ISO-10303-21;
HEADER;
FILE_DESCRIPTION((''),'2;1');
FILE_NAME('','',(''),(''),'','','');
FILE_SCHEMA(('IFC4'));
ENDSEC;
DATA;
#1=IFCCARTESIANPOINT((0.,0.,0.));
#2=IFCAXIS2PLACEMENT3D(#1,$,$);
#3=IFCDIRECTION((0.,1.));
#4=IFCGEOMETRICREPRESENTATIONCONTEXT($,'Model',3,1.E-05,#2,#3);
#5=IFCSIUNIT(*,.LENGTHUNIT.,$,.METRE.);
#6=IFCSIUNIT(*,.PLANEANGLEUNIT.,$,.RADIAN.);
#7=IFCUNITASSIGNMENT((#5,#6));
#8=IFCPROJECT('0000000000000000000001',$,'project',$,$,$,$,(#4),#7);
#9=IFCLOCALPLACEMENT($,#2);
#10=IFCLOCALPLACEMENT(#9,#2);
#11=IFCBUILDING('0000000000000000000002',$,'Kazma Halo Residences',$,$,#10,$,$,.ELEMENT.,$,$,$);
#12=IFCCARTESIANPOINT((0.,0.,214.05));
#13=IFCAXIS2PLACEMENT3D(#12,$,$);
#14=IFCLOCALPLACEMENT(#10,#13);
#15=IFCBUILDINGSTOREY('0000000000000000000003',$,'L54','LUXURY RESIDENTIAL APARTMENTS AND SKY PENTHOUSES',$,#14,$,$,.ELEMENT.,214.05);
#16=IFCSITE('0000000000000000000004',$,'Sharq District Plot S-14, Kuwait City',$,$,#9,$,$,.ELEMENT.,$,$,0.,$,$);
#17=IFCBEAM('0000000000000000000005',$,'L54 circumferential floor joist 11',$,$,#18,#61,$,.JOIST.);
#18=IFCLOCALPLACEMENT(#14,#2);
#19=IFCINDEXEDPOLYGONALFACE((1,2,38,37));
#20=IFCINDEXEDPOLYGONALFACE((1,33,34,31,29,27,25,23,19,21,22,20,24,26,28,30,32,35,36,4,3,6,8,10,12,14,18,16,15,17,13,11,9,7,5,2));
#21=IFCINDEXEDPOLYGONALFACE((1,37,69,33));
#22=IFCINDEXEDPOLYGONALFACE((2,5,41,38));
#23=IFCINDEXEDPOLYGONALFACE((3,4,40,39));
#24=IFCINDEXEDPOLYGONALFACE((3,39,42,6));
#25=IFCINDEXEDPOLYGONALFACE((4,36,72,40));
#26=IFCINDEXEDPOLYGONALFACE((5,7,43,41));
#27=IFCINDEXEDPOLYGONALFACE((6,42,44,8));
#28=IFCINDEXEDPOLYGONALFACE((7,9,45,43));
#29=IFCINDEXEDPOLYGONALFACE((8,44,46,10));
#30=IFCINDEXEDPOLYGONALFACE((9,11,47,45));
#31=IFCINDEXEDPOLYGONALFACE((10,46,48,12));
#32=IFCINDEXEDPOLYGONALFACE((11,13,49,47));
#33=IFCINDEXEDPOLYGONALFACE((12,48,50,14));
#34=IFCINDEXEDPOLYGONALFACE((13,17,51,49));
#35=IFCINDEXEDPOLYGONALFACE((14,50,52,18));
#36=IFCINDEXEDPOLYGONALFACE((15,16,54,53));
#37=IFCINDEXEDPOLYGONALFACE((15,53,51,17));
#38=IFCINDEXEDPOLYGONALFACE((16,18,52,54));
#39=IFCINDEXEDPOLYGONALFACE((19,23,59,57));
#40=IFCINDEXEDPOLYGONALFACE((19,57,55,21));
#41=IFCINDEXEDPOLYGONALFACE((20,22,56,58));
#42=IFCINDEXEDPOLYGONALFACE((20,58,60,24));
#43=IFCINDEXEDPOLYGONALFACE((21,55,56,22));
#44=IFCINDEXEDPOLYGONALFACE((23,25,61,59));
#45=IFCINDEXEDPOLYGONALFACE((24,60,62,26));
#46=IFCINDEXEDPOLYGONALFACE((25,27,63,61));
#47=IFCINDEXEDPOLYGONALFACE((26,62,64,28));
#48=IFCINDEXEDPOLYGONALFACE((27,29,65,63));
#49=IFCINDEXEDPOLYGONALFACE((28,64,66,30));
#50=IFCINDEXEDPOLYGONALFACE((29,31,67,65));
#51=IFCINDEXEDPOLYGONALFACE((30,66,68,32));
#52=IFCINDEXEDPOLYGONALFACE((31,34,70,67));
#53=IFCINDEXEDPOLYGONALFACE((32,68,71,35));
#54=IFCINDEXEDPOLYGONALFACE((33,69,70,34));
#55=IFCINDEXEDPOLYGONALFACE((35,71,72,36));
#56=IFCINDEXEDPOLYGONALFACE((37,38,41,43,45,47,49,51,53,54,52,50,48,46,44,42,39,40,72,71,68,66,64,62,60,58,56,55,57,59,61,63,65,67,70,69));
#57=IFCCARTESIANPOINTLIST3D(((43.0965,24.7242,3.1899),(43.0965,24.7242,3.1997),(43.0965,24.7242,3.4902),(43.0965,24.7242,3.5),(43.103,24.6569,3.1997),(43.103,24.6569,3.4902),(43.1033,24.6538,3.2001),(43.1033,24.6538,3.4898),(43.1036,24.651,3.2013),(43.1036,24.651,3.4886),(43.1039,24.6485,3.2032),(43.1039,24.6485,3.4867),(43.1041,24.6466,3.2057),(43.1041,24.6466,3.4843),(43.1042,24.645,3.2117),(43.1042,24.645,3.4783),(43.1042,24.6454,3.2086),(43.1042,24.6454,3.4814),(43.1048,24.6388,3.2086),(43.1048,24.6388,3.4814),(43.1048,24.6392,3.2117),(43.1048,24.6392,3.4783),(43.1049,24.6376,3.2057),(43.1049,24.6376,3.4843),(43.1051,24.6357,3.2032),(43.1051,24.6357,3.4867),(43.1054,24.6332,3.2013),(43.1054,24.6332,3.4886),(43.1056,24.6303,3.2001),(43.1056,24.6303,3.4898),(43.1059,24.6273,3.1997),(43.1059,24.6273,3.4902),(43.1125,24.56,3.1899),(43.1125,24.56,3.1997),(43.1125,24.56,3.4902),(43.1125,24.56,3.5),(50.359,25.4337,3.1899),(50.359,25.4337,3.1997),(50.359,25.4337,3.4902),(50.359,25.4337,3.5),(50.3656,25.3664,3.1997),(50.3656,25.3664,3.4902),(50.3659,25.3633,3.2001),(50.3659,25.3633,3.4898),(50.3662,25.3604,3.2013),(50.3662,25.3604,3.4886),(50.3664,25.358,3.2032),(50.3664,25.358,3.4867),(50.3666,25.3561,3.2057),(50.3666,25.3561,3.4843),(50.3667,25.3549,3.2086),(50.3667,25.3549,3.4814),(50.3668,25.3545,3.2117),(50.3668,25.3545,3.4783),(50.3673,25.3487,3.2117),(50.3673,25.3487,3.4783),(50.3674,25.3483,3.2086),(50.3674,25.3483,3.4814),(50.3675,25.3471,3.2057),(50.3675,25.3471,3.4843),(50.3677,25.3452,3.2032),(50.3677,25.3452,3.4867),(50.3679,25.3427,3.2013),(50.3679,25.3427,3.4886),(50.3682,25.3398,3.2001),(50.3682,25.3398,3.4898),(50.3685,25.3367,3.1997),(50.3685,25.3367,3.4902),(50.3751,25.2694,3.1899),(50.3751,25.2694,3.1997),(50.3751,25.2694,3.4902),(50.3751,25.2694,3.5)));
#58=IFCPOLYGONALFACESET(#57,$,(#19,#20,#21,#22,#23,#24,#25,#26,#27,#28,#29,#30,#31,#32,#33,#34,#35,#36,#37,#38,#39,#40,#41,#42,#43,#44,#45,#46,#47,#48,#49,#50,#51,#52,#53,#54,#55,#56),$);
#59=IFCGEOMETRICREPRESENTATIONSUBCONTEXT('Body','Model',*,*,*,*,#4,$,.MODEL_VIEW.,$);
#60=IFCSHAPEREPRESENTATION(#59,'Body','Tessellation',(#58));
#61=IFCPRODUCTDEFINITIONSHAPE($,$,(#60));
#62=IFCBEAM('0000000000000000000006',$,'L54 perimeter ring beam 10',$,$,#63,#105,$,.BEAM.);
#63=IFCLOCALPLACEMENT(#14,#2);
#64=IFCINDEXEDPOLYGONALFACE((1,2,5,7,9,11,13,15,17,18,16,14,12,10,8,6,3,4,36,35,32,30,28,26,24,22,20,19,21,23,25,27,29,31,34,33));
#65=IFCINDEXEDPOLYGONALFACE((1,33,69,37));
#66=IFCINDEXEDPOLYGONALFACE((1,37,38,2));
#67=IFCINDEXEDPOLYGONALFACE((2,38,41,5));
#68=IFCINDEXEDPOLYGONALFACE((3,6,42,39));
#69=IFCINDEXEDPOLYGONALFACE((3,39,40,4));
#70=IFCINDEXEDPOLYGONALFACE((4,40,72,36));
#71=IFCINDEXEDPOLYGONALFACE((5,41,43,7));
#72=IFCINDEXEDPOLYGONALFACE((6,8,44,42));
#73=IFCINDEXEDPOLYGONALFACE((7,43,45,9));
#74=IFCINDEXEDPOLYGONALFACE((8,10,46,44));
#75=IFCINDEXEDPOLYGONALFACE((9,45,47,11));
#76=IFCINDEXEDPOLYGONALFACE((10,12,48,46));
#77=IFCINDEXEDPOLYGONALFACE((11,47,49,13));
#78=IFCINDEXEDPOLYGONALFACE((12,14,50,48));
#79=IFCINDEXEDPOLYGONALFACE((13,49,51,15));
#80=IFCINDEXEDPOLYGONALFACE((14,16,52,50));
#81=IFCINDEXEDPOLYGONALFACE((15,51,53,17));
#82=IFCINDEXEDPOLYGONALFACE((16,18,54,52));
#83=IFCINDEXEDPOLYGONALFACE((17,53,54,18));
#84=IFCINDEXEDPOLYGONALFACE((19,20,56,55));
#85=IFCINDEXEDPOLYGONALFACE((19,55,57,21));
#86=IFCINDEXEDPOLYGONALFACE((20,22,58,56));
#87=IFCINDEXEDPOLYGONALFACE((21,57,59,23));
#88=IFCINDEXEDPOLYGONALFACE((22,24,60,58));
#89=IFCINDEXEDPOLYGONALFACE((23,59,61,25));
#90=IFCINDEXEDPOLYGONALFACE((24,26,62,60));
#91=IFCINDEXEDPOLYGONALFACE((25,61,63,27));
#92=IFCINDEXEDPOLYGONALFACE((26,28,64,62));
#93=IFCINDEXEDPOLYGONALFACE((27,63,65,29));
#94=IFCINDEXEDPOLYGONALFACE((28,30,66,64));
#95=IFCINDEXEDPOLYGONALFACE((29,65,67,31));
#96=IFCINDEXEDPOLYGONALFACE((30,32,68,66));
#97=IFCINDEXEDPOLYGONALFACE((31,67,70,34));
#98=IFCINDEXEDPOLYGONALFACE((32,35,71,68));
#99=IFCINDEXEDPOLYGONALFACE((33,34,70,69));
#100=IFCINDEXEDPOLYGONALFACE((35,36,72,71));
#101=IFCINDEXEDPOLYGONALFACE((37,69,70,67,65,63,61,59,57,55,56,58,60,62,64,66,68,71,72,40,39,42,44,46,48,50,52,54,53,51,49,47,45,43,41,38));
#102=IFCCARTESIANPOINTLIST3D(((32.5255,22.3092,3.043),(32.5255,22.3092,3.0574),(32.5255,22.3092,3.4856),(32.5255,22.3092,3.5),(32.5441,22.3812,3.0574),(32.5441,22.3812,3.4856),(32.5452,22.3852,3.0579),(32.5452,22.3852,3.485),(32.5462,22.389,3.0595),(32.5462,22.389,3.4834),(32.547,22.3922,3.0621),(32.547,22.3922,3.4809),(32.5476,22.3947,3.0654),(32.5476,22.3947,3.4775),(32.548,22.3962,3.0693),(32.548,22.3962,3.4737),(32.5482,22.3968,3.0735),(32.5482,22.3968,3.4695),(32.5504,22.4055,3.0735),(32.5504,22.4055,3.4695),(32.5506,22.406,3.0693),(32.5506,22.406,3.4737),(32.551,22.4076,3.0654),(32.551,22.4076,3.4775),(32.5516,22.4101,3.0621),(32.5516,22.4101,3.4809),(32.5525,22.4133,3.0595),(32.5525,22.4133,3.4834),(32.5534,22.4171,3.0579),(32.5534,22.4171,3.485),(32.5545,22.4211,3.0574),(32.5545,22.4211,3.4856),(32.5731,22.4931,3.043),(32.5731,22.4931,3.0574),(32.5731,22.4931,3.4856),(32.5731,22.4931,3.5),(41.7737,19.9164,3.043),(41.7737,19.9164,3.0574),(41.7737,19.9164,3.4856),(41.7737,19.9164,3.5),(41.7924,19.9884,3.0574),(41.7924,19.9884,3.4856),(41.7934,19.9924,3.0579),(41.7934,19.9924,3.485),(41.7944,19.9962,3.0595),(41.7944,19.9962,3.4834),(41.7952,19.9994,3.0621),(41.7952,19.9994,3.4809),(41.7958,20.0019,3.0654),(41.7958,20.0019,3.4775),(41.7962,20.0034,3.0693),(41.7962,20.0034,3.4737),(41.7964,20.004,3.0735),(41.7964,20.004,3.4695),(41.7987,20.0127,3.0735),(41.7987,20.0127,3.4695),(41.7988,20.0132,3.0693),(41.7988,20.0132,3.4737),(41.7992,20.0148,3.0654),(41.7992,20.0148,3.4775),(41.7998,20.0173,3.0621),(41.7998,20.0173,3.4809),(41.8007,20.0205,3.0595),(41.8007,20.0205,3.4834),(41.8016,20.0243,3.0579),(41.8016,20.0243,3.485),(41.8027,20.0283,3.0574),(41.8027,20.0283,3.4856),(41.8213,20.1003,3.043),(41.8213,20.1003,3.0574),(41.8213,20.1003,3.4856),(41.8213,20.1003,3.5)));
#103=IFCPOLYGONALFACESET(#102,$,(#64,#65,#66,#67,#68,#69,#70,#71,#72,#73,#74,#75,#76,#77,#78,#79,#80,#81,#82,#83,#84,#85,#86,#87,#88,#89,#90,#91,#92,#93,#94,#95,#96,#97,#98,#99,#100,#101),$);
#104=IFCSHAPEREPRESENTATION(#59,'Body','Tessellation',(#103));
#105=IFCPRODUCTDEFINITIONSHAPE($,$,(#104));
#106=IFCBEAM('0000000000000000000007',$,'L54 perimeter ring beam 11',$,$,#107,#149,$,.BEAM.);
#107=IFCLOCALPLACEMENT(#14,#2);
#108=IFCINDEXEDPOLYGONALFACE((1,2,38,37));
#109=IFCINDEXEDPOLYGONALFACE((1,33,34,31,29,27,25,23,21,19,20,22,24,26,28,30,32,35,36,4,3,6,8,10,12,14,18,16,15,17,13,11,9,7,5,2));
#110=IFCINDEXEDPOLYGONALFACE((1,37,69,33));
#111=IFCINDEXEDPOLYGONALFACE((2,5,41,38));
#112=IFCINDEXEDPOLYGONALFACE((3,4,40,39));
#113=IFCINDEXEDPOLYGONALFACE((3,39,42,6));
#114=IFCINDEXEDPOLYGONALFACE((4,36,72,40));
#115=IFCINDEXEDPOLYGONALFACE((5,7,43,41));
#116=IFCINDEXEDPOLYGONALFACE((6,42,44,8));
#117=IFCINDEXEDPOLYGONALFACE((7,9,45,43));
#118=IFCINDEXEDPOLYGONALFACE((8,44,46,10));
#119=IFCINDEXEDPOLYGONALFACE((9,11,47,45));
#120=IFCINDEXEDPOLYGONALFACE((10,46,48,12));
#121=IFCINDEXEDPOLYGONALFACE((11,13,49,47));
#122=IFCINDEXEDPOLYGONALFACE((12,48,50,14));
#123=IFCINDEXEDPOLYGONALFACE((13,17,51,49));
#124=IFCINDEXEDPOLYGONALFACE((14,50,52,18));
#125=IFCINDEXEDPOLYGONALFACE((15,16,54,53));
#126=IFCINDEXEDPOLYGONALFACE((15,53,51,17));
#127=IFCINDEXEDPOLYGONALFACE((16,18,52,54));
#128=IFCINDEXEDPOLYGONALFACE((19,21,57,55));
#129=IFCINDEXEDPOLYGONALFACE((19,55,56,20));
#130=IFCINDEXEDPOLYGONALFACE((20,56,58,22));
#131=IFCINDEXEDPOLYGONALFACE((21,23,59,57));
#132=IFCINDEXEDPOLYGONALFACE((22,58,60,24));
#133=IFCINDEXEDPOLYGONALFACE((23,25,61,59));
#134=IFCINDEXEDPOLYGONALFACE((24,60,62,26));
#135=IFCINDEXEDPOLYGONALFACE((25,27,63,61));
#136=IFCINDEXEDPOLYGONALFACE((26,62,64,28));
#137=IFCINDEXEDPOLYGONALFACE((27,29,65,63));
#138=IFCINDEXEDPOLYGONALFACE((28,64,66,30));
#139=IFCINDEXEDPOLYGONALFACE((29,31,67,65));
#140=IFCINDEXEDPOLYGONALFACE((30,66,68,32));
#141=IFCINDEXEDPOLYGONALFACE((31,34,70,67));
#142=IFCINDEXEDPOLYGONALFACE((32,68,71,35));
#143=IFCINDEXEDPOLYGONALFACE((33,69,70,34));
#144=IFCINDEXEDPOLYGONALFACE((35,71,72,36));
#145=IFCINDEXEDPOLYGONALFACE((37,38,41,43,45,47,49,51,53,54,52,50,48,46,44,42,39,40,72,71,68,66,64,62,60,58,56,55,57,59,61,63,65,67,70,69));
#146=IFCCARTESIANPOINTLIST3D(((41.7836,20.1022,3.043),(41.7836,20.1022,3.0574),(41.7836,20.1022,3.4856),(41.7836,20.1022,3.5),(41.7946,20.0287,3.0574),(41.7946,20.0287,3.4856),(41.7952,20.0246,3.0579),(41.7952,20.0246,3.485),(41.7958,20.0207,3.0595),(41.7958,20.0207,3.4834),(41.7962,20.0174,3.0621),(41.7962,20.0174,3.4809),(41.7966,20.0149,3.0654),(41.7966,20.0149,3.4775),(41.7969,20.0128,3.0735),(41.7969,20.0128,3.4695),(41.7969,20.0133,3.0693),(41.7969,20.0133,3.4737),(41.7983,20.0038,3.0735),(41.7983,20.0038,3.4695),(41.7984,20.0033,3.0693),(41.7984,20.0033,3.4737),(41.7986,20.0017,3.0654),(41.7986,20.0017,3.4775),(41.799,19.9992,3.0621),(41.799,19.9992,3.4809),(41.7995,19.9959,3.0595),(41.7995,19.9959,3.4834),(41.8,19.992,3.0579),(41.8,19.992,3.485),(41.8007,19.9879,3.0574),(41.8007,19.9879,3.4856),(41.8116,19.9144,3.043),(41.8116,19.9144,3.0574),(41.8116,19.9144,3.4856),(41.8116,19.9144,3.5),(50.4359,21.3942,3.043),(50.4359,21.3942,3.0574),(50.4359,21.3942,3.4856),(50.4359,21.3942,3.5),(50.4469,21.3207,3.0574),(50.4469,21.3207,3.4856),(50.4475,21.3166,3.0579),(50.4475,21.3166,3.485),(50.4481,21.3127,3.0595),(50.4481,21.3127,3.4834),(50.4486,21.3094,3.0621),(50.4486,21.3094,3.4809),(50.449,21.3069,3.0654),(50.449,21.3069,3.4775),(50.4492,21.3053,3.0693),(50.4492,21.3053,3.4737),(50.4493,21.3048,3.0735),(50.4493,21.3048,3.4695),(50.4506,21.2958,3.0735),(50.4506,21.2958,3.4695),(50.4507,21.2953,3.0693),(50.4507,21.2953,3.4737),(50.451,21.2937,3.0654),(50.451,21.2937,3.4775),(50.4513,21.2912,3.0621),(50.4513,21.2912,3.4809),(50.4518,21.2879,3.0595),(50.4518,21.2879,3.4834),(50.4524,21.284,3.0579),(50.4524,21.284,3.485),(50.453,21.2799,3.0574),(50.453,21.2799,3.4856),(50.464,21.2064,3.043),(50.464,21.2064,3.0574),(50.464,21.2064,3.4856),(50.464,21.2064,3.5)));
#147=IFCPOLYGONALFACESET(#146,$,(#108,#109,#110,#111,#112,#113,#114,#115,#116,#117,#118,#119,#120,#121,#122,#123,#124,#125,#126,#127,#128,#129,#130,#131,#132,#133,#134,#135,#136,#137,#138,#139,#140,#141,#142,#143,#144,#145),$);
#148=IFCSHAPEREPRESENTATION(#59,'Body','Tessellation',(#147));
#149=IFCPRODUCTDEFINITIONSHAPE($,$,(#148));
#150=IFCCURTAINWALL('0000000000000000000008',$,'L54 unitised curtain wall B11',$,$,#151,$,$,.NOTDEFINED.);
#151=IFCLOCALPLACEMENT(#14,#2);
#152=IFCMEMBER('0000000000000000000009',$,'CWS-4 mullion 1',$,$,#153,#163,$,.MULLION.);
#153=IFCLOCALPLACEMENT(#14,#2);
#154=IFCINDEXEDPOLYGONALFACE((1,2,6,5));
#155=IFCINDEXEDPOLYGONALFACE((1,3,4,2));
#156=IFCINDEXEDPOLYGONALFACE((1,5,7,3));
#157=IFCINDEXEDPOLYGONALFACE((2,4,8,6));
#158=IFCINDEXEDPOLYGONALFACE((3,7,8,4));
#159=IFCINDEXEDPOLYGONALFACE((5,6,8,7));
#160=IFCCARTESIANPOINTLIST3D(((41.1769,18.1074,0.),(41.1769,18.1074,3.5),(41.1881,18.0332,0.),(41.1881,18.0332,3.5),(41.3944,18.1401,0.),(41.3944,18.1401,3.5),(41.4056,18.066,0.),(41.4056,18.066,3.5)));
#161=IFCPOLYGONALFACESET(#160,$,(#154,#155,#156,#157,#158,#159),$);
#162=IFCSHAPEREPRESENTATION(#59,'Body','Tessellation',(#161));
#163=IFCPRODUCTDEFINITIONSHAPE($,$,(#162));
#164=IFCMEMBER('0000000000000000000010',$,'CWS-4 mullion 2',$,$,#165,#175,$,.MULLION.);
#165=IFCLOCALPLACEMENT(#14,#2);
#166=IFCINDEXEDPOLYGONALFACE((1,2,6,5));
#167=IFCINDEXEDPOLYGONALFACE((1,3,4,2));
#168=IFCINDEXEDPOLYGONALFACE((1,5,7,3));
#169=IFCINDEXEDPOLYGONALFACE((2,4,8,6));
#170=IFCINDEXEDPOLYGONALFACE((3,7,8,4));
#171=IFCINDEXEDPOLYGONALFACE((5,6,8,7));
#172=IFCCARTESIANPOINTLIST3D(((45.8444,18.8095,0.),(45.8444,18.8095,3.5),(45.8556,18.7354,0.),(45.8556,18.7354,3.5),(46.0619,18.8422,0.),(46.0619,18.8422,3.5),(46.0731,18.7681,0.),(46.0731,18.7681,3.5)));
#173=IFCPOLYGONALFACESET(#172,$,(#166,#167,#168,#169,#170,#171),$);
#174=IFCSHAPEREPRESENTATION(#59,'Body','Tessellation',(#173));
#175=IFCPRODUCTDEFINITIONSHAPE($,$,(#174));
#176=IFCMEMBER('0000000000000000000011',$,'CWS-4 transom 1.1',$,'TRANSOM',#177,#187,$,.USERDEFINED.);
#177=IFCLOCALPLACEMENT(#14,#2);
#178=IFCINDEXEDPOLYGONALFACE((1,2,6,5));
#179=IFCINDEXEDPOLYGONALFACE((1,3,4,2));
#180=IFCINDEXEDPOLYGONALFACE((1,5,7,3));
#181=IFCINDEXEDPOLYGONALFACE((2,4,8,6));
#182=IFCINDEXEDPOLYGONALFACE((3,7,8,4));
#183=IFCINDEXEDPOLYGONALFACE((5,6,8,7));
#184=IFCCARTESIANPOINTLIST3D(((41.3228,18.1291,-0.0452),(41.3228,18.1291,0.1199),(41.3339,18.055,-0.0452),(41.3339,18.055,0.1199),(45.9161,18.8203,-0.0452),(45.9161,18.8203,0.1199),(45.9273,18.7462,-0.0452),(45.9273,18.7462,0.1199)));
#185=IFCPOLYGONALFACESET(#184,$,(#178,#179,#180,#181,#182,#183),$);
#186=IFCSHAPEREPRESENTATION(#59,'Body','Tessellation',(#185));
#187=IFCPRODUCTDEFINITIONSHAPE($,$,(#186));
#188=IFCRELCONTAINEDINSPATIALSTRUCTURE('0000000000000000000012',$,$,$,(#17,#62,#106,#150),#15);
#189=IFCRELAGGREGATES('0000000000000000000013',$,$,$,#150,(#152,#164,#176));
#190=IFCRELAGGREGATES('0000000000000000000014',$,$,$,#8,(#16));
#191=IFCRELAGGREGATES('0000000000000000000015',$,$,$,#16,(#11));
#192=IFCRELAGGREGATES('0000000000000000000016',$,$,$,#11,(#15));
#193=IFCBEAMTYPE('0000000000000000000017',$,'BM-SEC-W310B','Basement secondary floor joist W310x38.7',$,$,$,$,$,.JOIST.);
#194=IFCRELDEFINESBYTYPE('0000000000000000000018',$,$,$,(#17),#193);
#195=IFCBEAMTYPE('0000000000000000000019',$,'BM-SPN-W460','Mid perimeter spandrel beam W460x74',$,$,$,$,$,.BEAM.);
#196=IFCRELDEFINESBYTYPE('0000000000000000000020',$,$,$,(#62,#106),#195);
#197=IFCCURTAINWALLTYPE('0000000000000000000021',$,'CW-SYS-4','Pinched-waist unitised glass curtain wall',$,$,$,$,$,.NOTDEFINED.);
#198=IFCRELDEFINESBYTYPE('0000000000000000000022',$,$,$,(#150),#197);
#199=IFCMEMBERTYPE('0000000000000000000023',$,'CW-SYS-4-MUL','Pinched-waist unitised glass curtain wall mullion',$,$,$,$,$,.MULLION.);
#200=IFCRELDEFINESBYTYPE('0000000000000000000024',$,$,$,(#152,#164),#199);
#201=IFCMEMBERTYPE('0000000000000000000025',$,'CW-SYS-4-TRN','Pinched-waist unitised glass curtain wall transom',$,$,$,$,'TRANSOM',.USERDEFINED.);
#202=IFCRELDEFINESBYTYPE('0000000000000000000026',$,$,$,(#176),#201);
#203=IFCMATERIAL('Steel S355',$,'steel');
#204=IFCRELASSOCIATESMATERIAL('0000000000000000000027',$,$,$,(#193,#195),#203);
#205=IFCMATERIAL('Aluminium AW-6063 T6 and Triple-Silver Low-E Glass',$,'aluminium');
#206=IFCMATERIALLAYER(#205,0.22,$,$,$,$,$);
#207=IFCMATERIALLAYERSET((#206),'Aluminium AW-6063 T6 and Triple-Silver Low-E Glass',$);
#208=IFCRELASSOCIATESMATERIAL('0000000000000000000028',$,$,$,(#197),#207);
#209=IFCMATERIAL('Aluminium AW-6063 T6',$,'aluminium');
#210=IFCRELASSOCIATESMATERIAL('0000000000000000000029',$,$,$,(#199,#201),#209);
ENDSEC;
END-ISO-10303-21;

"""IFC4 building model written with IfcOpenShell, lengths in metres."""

from ifc_helpers import new_model, si_unit, direction, frame, origin, origin_2d, place, context, subcontext, project, spatial, rectangle, i_section, extrude, material, layer, layer_set, material_profile, profile_set, type_object, element, aggregate, save


model = new_model("IFC4")

# Units and contexts
model_context = context("Model", 3, precision=1e-05, world=origin(), true_north=direction((0.0, 1.0)))
body_context = subcontext(model_context, "Body", "Model", "MODEL_VIEW")
ifc_project = project(units=[si_unit("LENGTHUNIT", "METRE"), si_unit("PLANEANGLEUNIT", "RADIAN")], contexts=[model_context])

# Site, building, storey
site_placement = place(None, origin())
site = spatial("IfcSite", under=ifc_project, at=site_placement, Name="Sharq District Plot S-14, Kuwait City", CompositionType="ELEMENT", RefElevation=0.0)
building_placement = place(site_placement, origin())
building = spatial("IfcBuilding", under=site, at=building_placement, Name="Kazma Halo Residences", CompositionType="ELEMENT")
storey_placement = place(building_placement, frame((0.0, 0.0, 214.05)))
storey = spatial("IfcBuildingStorey", under=building, at=storey_placement, Name="L54", Description="LUXURY RESIDENTIAL APARTMENTS AND SKY PENTHOUSES", CompositionType="ELEMENT", Elevation=214.05)

# Beams
ifc_material_1 = material(Name="Steel S355", Category="steel")
ifc_material_profile_1 = material_profile(ifc_material_1, i_section(OverallWidth=0.165, OverallDepth=0.3101, WebThickness=0.0059, FlangeThickness=0.0098, FilletRadius=0.012, at=origin_2d()), Name="W310x38.7")
ifc_profile_set_1 = profile_set([ifc_material_profile_1], Name="Steel S355")
beam_type_1 = type_object("IfcBeamType", Name="BM-SEC-W310B", Description="Basement secondary floor joist W310x38.7", PredefinedType="JOIST", material=ifc_profile_set_1)
beam_1_placement = place(storey_placement, frame((43.1045, 24.6421, 3.345), z_axis=(0.995262, 0.097228, 0.0), x_axis=(-0.097228, 0.995262, 0.0)))
element("IfcBeam", 1, at=beam_1_placement, inside=storey, type_object=beam_type_1, Name="L54 circumferential floor joist 11", PredefinedType="JOIST", context=body_context, shape_type="SweptSolid", body=[
    extrude(i_section(OverallWidth=0.165, OverallDepth=0.3101, WebThickness=0.0059, FlangeThickness=0.0098, FilletRadius=0.012, at=origin_2d()), origin(), (0.0, 0.0, 1.0), 7.2971),
])
ifc_material_profile_2 = material_profile(ifc_material_1, i_section(OverallWidth=0.1899, OverallDepth=0.457, WebThickness=0.009, FlangeThickness=0.0144, FilletRadius=0.0161, at=origin_2d()), Name="W460x74")
ifc_profile_set_2 = profile_set([ifc_material_profile_2], Name="Steel S355")
beam_type_2 = type_object("IfcBeamType", Name="BM-SPN-W460", Description="Mid perimeter spandrel beam W460x74", PredefinedType="BEAM", material=ifc_profile_set_2)
beam_2_placement = place(storey_placement, frame((32.5493, 22.4011, 3.2715), z_axis=(0.968121, -0.250483, 0.0), x_axis=(0.250483, 0.968121, 0.0)))
element("IfcBeam", 2, at=beam_2_placement, inside=storey, type_object=beam_type_2, Name="L54 perimeter ring beam 10", PredefinedType="BEAM", context=body_context, shape_type="SweptSolid", body=[
    extrude(i_section(OverallWidth=0.1899, OverallDepth=0.457, WebThickness=0.009, FlangeThickness=0.0144, FilletRadius=0.0161, at=origin_2d()), origin(), (0.0, 0.0, 1.0), 9.5527),
])
beam_3_placement = place(storey_placement, frame((41.7976, 20.0083, 3.2715), z_axis=(0.989034, 0.147685, 0.0), x_axis=(-0.147685, 0.989034, 0.0)))
element("IfcBeam", 3, at=beam_3_placement, inside=storey, type_object=beam_type_2, Name="L54 perimeter ring beam 11", PredefinedType="BEAM", context=body_context, shape_type="SweptSolid", body=[
    extrude(i_section(OverallWidth=0.1899, OverallDepth=0.457, WebThickness=0.009, FlangeThickness=0.0144, FilletRadius=0.0161, at=origin_2d()), origin(), (0.0, 0.0, 1.0), 8.7483),
])

# Curtain wall, members
ifc_material_2 = material(Name="Aluminium AW-6063 T6 and Triple-Silver Low-E Glass", Category="aluminium")
ifc_layer_1 = layer(ifc_material_2, 0.22)
ifc_layer_set_1 = layer_set([ifc_layer_1], Name="Aluminium AW-6063 T6 and Triple-Silver Low-E Glass")
curtain_wall_type = type_object("IfcCurtainWallType", Name="CW-SYS-4", Description="Pinched-waist unitised glass curtain wall", PredefinedType="NOTDEFINED", material=ifc_layer_set_1)
curtain_wall_placement = place(storey_placement, origin())
curtain_wall = element("IfcCurtainWall", 4, at=curtain_wall_placement, inside=storey, type_object=curtain_wall_type, Name="L54 unitised curtain wall B11", PredefinedType="NOTDEFINED")
ifc_material_3 = material(Name="Aluminium AW-6063 T6", Category="aluminium")
ifc_material_profile_3 = material_profile(ifc_material_3, rectangle(XDim=0.075, YDim=0.22, at=origin_2d()), Name="CWM-75x220")
ifc_profile_set_3 = profile_set([ifc_material_profile_3], Name="Aluminium AW-6063 T6")
member_type_1 = type_object("IfcMemberType", Name="CW-SYS-4-MUL", Description="Pinched-waist unitised glass curtain wall mullion", PredefinedType="MULLION", material=ifc_profile_set_3)
member_1_placement = place(storey_placement, frame((41.2913, 18.0867, 0.0), z_axis=(0.0, 0.0, 1.0), x_axis=(-0.148773, 0.988871, 0.0)))
member_1 = element("IfcMember", 5, at=member_1_placement, type_object=member_type_1, Name="CWS-4 mullion 1", PredefinedType="MULLION", context=body_context, shape_type="SweptSolid", body=[
    extrude(rectangle(XDim=0.075, YDim=0.22, at=origin_2d()), origin(), (0.0, 0.0, 1.0), 3.5),
])
member_2_placement = place(storey_placement, frame((45.9587, 18.7888, 0.0), z_axis=(0.0, 0.0, 1.0), x_axis=(-0.148773, 0.988871, 0.0)))
member_2 = element("IfcMember", 6, at=member_2_placement, type_object=member_type_1, Name="CWS-4 mullion 2", PredefinedType="MULLION", context=body_context, shape_type="SweptSolid", body=[
    extrude(rectangle(XDim=0.075, YDim=0.22, at=origin_2d()), origin(), (0.0, 0.0, 1.0), 3.5),
])
ifc_material_profile_4 = material_profile(ifc_material_3, rectangle(XDim=0.075, YDim=0.165, at=origin_2d()), Name="CWT-75x165")
ifc_profile_set_4 = profile_set([ifc_material_profile_4], Name="Aluminium AW-6063 T6")
member_type_2 = type_object("IfcMemberType", Name="CW-SYS-4-TRN", Description="Pinched-waist unitised glass curtain wall transom", ElementType="TRANSOM", PredefinedType="USERDEFINED", material=ifc_profile_set_4)
member_3_placement = place(storey_placement, frame((41.3284, 18.092, 0.0374), z_axis=(0.988868, 0.148798, 0.0), x_axis=(-0.148798, 0.988868, 0.0)))
member_3 = element("IfcMember", 7, at=member_3_placement, type_object=member_type_2, Name="CWS-4 transom 1.1", ObjectType="TRANSOM", PredefinedType="USERDEFINED", context=body_context, shape_type="SweptSolid", body=[
    extrude(rectangle(XDim=0.075, YDim=0.165, at=origin_2d()), origin(), (0.0, 0.0, 1.0), 4.645),
])
aggregate(curtain_wall, [member_1, member_2, member_3])

save(model, "model.ifc")
